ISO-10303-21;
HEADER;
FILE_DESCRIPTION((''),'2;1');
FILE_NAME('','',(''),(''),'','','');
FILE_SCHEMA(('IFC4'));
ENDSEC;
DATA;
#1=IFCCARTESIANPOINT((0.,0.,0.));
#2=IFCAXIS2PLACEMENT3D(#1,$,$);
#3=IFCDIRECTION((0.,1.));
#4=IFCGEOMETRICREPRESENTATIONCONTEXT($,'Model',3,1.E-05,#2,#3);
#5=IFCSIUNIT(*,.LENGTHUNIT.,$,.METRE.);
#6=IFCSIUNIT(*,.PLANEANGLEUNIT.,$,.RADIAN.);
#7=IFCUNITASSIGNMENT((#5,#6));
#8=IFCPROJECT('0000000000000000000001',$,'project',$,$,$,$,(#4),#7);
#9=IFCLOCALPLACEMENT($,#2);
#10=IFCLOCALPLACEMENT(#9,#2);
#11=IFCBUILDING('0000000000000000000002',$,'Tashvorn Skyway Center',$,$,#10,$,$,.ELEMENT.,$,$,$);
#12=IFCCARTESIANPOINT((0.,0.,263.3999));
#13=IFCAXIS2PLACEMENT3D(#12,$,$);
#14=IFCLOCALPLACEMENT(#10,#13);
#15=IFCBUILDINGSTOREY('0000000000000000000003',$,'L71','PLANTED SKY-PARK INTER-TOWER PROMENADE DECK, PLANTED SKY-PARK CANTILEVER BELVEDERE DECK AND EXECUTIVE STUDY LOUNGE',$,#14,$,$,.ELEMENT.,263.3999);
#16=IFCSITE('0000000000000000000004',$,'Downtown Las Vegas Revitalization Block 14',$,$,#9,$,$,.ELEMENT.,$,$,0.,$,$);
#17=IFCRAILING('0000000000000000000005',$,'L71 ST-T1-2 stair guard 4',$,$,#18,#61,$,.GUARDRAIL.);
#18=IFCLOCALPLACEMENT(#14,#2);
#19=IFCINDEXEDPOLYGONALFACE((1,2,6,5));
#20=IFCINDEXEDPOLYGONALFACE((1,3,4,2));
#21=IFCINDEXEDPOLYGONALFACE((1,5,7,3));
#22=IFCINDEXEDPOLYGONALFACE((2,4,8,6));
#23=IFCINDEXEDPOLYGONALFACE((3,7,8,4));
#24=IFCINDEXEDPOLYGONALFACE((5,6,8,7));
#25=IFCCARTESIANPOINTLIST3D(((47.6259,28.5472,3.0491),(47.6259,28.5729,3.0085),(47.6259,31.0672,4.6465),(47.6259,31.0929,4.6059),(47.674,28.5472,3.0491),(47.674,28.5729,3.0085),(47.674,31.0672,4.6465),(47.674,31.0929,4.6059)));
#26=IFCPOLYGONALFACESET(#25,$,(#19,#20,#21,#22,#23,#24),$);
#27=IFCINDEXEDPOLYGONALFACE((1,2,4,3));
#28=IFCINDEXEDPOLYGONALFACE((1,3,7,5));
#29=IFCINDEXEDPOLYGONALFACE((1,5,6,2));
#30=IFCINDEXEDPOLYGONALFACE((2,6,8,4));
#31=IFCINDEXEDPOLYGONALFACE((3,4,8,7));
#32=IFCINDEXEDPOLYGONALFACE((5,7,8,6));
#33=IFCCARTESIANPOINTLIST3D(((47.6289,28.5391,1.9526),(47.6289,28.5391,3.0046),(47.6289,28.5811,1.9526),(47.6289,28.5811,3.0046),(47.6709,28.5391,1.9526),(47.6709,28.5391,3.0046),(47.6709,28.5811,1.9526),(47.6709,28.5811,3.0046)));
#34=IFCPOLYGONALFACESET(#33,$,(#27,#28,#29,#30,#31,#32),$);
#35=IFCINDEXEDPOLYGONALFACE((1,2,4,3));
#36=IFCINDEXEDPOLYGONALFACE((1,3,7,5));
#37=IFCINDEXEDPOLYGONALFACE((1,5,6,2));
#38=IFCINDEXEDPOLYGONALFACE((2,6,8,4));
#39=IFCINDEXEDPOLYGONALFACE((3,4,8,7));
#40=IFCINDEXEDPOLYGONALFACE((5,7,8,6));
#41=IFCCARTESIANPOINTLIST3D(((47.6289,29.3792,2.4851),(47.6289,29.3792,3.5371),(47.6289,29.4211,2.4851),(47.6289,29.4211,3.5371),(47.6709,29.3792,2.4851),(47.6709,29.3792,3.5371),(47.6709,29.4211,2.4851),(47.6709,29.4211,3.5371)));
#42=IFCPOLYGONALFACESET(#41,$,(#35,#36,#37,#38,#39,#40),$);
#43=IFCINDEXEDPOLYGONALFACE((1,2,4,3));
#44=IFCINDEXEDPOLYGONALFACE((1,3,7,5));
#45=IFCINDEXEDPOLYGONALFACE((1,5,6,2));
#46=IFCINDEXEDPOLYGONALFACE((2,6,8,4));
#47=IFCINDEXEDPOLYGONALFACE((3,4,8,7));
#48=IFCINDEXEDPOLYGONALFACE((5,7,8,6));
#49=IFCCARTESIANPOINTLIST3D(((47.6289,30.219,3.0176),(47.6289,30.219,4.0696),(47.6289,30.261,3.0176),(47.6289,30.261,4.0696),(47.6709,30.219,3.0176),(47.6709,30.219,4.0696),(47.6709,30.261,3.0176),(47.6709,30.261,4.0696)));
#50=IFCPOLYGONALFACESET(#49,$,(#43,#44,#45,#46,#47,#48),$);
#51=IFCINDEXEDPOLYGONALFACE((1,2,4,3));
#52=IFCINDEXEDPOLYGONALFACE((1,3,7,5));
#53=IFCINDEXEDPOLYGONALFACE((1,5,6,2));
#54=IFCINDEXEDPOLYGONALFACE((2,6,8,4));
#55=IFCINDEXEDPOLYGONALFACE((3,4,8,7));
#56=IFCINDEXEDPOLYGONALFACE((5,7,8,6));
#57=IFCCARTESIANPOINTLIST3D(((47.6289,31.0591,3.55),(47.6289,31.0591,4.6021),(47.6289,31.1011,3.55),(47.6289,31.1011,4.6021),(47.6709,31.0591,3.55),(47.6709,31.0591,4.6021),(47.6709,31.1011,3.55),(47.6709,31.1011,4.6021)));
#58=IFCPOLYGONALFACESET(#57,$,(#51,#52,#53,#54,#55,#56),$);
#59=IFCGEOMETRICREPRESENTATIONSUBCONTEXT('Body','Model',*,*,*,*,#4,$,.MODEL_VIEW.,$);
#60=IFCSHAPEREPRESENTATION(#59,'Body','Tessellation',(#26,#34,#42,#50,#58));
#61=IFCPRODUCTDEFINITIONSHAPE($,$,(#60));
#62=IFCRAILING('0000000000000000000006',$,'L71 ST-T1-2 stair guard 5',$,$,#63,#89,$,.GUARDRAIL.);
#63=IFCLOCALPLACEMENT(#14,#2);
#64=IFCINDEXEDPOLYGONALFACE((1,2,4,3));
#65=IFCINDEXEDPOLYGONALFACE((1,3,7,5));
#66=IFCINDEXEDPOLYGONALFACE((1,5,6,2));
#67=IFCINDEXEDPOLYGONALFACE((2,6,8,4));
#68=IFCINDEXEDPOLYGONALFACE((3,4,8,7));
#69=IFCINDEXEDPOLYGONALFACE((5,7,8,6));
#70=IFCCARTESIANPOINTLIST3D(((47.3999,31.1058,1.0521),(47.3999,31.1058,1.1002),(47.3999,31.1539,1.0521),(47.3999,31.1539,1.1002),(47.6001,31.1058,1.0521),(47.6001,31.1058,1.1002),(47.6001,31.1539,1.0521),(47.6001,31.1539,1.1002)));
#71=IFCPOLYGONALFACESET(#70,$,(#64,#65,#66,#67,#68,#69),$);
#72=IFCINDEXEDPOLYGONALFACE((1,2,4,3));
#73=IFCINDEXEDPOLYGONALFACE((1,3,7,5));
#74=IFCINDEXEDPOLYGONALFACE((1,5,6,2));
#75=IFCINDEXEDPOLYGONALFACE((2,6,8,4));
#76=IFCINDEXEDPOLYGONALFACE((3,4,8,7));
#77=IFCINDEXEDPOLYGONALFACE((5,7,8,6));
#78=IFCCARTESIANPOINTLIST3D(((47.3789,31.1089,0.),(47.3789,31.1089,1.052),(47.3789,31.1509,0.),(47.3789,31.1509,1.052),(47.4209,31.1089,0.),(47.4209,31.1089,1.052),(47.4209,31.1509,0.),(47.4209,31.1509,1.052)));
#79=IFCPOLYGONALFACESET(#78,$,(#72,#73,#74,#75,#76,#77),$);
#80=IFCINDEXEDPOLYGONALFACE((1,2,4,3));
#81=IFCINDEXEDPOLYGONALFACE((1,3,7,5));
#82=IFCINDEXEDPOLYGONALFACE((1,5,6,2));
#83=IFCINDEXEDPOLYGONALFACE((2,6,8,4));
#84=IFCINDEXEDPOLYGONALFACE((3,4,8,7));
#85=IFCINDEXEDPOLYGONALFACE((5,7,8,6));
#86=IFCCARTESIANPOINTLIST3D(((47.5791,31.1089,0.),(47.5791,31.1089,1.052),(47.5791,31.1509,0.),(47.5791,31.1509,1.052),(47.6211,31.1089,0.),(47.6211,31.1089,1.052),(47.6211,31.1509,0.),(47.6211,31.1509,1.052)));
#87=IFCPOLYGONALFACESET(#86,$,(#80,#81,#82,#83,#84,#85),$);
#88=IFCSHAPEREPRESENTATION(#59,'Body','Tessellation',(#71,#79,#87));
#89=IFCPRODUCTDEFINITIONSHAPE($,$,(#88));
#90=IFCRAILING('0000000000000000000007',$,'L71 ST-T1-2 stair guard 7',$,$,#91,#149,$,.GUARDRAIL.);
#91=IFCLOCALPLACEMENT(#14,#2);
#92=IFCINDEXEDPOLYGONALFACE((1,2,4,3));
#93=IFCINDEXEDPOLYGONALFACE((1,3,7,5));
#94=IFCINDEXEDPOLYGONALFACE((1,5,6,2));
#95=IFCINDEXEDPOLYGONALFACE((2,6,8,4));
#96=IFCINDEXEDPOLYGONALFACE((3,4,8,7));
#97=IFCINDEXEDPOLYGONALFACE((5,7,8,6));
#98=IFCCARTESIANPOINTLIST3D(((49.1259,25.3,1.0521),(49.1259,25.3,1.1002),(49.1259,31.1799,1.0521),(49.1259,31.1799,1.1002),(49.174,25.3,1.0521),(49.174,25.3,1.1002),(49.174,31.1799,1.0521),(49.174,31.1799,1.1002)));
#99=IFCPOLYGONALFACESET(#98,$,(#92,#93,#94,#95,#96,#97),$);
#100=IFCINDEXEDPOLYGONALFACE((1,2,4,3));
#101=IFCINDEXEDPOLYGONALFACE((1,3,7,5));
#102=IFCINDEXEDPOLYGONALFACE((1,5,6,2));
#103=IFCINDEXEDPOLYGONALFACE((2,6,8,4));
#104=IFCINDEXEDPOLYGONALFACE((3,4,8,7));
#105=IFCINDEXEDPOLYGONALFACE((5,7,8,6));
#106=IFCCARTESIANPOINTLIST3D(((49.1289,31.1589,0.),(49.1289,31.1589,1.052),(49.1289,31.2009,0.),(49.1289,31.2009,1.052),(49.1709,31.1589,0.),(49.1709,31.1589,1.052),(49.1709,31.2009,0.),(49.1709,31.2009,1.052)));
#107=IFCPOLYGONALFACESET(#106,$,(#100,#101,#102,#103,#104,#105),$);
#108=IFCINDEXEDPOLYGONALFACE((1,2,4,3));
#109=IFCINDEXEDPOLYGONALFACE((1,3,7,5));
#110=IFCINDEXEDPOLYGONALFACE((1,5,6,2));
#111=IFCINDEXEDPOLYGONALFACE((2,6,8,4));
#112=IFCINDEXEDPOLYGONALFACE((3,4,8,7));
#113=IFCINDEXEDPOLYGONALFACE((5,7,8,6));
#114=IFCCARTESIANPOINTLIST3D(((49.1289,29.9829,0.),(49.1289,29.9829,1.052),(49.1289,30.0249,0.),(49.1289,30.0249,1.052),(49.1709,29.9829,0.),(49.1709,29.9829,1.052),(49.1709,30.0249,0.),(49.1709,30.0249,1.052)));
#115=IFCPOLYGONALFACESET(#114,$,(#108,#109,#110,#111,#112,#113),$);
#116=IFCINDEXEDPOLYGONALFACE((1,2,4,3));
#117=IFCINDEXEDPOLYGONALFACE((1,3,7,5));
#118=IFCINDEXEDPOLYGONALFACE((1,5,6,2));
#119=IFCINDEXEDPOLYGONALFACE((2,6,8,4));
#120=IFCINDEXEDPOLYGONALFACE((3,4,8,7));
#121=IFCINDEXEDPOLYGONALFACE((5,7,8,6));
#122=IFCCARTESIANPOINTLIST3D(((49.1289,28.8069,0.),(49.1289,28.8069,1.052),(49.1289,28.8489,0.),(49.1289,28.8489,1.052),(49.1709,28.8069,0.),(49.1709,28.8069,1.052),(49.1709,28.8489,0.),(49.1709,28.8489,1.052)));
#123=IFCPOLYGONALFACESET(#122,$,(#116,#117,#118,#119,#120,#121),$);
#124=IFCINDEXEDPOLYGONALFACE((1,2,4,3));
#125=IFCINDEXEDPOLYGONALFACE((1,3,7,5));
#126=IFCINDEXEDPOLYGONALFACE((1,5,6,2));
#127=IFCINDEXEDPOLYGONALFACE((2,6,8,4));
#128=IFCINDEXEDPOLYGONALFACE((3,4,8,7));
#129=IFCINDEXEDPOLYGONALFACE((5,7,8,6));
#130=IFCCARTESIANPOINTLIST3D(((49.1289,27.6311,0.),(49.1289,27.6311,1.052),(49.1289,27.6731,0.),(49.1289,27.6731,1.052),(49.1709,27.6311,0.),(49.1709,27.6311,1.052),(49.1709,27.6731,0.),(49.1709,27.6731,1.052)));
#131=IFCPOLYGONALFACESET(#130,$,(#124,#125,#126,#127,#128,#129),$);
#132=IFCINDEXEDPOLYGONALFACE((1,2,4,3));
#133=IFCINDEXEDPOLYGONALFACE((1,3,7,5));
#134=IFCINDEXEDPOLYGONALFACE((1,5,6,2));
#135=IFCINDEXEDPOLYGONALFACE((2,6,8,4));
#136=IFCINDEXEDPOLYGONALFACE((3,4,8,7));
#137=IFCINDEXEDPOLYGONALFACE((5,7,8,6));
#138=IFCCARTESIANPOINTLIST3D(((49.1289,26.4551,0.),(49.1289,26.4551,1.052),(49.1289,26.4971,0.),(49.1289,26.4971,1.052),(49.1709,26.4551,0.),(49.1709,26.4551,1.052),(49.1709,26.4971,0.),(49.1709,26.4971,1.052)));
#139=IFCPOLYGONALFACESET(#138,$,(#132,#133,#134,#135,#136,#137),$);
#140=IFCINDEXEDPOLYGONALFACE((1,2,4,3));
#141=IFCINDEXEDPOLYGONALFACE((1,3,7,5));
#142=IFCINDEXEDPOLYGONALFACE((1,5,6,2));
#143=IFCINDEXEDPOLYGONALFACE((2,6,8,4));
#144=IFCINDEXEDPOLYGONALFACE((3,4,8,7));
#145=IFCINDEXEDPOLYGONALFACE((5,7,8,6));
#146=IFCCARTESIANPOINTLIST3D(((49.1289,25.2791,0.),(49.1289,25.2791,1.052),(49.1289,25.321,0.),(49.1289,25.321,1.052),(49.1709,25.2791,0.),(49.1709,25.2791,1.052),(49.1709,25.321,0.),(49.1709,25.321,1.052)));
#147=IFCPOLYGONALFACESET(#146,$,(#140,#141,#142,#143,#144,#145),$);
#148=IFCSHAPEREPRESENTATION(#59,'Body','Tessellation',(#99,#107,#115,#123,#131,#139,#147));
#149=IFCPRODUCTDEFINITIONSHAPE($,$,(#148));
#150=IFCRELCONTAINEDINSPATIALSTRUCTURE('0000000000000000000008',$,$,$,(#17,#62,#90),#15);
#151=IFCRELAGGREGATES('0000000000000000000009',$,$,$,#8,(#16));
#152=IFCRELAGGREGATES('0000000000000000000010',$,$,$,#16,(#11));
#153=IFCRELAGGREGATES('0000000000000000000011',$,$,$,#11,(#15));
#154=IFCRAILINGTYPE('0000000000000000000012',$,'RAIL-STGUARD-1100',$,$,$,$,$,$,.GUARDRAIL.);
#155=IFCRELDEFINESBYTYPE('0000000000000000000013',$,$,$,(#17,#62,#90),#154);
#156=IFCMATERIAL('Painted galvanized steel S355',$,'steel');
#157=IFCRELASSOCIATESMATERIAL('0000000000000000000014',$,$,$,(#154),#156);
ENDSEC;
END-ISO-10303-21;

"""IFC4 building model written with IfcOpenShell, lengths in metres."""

from ifc_helpers import new_model, si_unit, direction, frame, origin, origin_2d, place, context, subcontext, project, spatial, rectangle, extrude, material, type_object, element, save


model = new_model("IFC4")

# Units and contexts
model_context = context("Model", 3, precision=1e-05, world=origin(), true_north=direction((0.0, 1.0)))
body_context = subcontext(model_context, "Body", "Model", "MODEL_VIEW")
ifc_project = project(units=[si_unit("LENGTHUNIT", "METRE"), si_unit("PLANEANGLEUNIT", "RADIAN")], contexts=[model_context])

# Site, building, storey
site_placement = place(None, origin())
site = spatial("IfcSite", under=ifc_project, at=site_placement, Name="Downtown Las Vegas Revitalization Block 14", CompositionType="ELEMENT", RefElevation=0.0)
building_placement = place(site_placement, origin())
building = spatial("IfcBuilding", under=site, at=building_placement, Name="Tashvorn Skyway Center", CompositionType="ELEMENT")
storey_placement = place(building_placement, frame((0.0, 0.0, 263.3999)))
storey = spatial("IfcBuildingStorey", under=building, at=storey_placement, Name="L71", Description="PLANTED SKY-PARK INTER-TOWER PROMENADE DECK, PLANTED SKY-PARK CANTILEVER BELVEDERE DECK AND EXECUTIVE STUDY LOUNGE", CompositionType="ELEMENT", Elevation=263.3999)

# Railings
ifc_material_1 = material(Name="Painted galvanized steel S355", Category="steel")
railing_type_1 = type_object("IfcRailingType", Name="RAIL-STGUARD-1100", PredefinedType="GUARDRAIL", material=ifc_material_1)
railing_1_placement = place(storey_placement, frame((47.6499, 28.5601, 1.9526)))
element("IfcRailing", 1, at=railing_1_placement, inside=storey, type_object=railing_type_1, Name="L71 ST-T1-2 stair guard 4", PredefinedType="GUARDRAIL", context=body_context, shape_type="SweptSolid", body=[
    extrude(rectangle(XDim=0.0481, YDim=0.0481, at=origin_2d()), frame((0.0, 0.0, 1.0762), z_axis=(0.0, 0.844607, 0.535387), x_axis=(-1.0, 0.0, 0.0)), (0.0, 0.0, 1.0), 2.9836),
    extrude(rectangle(XDim=0.042, YDim=0.042, at=origin_2d()), origin(), (0.0, 0.0, 1.0), 1.052),
    extrude(rectangle(XDim=0.042, YDim=0.042, at=origin_2d()), frame((0.0, 0.8401, 0.5325)), (0.0, 0.0, 1.0), 1.052),
    extrude(rectangle(XDim=0.042, YDim=0.042, at=origin_2d()), frame((0.0, 1.6799, 1.0649)), (0.0, 0.0, 1.0), 1.052),
    extrude(rectangle(XDim=0.042, YDim=0.042, at=origin_2d()), frame((0.0, 2.52, 1.5974)), (0.0, 0.0, 1.0), 1.052),
])
railing_2_placement = place(storey_placement, frame((47.3999, 31.1299, 0.0)))
element("IfcRailing", 2, at=railing_2_placement, inside=storey, type_object=railing_type_1, Name="L71 ST-T1-2 stair guard 5", PredefinedType="GUARDRAIL", context=body_context, shape_type="SweptSolid", body=[
    extrude(rectangle(XDim=0.0481, YDim=0.0481, at=origin_2d()), frame((0.0, 0.0, 1.0762), z_axis=(1.0, 0.0, 0.0), x_axis=(0.0, 1.0, 0.0)), (0.0, 0.0, 1.0), 0.2002),
    extrude(rectangle(XDim=0.042, YDim=0.042, at=origin_2d()), origin(), (0.0, 0.0, 1.0), 1.052),
    extrude(rectangle(XDim=0.042, YDim=0.042, at=origin_2d()), frame((0.2002, 0.0, 0.0)), (0.0, 0.0, 1.0), 1.052),
])
railing_3_placement = place(storey_placement, frame((49.1499, 31.1799, 0.0)))
element("IfcRailing", 3, at=railing_3_placement, inside=storey, type_object=railing_type_1, Name="L71 ST-T1-2 stair guard 7", PredefinedType="GUARDRAIL", context=body_context, shape_type="SweptSolid", body=[
    extrude(rectangle(XDim=0.0481, YDim=0.0481, at=origin_2d()), frame((0.0, 0.0, 1.0762), z_axis=(0.0, -1.0, 0.0), x_axis=(1.0, 0.0, 0.0)), (0.0, 0.0, 1.0), 5.8799),
    extrude(rectangle(XDim=0.042, YDim=0.042, at=origin_2d()), origin(), (0.0, 0.0, 1.0), 1.052),
    extrude(rectangle(XDim=0.042, YDim=0.042, at=origin_2d()), frame((0.0, -1.176, 0.0)), (0.0, 0.0, 1.0), 1.052),
    extrude(rectangle(XDim=0.042, YDim=0.042, at=origin_2d()), frame((0.0, -2.3521, 0.0)), (0.0, 0.0, 1.0), 1.052),
    extrude(rectangle(XDim=0.042, YDim=0.042, at=origin_2d()), frame((0.0, -3.5278, 0.0)), (0.0, 0.0, 1.0), 1.052),
    extrude(rectangle(XDim=0.042, YDim=0.042, at=origin_2d()), frame((0.0, -4.7039, 0.0)), (0.0, 0.0, 1.0), 1.052),
    extrude(rectangle(XDim=0.042, YDim=0.042, at=origin_2d()), frame((0.0, -5.8799, 0.0)), (0.0, 0.0, 1.0), 1.052),
])

save(model, "model.ifc")
